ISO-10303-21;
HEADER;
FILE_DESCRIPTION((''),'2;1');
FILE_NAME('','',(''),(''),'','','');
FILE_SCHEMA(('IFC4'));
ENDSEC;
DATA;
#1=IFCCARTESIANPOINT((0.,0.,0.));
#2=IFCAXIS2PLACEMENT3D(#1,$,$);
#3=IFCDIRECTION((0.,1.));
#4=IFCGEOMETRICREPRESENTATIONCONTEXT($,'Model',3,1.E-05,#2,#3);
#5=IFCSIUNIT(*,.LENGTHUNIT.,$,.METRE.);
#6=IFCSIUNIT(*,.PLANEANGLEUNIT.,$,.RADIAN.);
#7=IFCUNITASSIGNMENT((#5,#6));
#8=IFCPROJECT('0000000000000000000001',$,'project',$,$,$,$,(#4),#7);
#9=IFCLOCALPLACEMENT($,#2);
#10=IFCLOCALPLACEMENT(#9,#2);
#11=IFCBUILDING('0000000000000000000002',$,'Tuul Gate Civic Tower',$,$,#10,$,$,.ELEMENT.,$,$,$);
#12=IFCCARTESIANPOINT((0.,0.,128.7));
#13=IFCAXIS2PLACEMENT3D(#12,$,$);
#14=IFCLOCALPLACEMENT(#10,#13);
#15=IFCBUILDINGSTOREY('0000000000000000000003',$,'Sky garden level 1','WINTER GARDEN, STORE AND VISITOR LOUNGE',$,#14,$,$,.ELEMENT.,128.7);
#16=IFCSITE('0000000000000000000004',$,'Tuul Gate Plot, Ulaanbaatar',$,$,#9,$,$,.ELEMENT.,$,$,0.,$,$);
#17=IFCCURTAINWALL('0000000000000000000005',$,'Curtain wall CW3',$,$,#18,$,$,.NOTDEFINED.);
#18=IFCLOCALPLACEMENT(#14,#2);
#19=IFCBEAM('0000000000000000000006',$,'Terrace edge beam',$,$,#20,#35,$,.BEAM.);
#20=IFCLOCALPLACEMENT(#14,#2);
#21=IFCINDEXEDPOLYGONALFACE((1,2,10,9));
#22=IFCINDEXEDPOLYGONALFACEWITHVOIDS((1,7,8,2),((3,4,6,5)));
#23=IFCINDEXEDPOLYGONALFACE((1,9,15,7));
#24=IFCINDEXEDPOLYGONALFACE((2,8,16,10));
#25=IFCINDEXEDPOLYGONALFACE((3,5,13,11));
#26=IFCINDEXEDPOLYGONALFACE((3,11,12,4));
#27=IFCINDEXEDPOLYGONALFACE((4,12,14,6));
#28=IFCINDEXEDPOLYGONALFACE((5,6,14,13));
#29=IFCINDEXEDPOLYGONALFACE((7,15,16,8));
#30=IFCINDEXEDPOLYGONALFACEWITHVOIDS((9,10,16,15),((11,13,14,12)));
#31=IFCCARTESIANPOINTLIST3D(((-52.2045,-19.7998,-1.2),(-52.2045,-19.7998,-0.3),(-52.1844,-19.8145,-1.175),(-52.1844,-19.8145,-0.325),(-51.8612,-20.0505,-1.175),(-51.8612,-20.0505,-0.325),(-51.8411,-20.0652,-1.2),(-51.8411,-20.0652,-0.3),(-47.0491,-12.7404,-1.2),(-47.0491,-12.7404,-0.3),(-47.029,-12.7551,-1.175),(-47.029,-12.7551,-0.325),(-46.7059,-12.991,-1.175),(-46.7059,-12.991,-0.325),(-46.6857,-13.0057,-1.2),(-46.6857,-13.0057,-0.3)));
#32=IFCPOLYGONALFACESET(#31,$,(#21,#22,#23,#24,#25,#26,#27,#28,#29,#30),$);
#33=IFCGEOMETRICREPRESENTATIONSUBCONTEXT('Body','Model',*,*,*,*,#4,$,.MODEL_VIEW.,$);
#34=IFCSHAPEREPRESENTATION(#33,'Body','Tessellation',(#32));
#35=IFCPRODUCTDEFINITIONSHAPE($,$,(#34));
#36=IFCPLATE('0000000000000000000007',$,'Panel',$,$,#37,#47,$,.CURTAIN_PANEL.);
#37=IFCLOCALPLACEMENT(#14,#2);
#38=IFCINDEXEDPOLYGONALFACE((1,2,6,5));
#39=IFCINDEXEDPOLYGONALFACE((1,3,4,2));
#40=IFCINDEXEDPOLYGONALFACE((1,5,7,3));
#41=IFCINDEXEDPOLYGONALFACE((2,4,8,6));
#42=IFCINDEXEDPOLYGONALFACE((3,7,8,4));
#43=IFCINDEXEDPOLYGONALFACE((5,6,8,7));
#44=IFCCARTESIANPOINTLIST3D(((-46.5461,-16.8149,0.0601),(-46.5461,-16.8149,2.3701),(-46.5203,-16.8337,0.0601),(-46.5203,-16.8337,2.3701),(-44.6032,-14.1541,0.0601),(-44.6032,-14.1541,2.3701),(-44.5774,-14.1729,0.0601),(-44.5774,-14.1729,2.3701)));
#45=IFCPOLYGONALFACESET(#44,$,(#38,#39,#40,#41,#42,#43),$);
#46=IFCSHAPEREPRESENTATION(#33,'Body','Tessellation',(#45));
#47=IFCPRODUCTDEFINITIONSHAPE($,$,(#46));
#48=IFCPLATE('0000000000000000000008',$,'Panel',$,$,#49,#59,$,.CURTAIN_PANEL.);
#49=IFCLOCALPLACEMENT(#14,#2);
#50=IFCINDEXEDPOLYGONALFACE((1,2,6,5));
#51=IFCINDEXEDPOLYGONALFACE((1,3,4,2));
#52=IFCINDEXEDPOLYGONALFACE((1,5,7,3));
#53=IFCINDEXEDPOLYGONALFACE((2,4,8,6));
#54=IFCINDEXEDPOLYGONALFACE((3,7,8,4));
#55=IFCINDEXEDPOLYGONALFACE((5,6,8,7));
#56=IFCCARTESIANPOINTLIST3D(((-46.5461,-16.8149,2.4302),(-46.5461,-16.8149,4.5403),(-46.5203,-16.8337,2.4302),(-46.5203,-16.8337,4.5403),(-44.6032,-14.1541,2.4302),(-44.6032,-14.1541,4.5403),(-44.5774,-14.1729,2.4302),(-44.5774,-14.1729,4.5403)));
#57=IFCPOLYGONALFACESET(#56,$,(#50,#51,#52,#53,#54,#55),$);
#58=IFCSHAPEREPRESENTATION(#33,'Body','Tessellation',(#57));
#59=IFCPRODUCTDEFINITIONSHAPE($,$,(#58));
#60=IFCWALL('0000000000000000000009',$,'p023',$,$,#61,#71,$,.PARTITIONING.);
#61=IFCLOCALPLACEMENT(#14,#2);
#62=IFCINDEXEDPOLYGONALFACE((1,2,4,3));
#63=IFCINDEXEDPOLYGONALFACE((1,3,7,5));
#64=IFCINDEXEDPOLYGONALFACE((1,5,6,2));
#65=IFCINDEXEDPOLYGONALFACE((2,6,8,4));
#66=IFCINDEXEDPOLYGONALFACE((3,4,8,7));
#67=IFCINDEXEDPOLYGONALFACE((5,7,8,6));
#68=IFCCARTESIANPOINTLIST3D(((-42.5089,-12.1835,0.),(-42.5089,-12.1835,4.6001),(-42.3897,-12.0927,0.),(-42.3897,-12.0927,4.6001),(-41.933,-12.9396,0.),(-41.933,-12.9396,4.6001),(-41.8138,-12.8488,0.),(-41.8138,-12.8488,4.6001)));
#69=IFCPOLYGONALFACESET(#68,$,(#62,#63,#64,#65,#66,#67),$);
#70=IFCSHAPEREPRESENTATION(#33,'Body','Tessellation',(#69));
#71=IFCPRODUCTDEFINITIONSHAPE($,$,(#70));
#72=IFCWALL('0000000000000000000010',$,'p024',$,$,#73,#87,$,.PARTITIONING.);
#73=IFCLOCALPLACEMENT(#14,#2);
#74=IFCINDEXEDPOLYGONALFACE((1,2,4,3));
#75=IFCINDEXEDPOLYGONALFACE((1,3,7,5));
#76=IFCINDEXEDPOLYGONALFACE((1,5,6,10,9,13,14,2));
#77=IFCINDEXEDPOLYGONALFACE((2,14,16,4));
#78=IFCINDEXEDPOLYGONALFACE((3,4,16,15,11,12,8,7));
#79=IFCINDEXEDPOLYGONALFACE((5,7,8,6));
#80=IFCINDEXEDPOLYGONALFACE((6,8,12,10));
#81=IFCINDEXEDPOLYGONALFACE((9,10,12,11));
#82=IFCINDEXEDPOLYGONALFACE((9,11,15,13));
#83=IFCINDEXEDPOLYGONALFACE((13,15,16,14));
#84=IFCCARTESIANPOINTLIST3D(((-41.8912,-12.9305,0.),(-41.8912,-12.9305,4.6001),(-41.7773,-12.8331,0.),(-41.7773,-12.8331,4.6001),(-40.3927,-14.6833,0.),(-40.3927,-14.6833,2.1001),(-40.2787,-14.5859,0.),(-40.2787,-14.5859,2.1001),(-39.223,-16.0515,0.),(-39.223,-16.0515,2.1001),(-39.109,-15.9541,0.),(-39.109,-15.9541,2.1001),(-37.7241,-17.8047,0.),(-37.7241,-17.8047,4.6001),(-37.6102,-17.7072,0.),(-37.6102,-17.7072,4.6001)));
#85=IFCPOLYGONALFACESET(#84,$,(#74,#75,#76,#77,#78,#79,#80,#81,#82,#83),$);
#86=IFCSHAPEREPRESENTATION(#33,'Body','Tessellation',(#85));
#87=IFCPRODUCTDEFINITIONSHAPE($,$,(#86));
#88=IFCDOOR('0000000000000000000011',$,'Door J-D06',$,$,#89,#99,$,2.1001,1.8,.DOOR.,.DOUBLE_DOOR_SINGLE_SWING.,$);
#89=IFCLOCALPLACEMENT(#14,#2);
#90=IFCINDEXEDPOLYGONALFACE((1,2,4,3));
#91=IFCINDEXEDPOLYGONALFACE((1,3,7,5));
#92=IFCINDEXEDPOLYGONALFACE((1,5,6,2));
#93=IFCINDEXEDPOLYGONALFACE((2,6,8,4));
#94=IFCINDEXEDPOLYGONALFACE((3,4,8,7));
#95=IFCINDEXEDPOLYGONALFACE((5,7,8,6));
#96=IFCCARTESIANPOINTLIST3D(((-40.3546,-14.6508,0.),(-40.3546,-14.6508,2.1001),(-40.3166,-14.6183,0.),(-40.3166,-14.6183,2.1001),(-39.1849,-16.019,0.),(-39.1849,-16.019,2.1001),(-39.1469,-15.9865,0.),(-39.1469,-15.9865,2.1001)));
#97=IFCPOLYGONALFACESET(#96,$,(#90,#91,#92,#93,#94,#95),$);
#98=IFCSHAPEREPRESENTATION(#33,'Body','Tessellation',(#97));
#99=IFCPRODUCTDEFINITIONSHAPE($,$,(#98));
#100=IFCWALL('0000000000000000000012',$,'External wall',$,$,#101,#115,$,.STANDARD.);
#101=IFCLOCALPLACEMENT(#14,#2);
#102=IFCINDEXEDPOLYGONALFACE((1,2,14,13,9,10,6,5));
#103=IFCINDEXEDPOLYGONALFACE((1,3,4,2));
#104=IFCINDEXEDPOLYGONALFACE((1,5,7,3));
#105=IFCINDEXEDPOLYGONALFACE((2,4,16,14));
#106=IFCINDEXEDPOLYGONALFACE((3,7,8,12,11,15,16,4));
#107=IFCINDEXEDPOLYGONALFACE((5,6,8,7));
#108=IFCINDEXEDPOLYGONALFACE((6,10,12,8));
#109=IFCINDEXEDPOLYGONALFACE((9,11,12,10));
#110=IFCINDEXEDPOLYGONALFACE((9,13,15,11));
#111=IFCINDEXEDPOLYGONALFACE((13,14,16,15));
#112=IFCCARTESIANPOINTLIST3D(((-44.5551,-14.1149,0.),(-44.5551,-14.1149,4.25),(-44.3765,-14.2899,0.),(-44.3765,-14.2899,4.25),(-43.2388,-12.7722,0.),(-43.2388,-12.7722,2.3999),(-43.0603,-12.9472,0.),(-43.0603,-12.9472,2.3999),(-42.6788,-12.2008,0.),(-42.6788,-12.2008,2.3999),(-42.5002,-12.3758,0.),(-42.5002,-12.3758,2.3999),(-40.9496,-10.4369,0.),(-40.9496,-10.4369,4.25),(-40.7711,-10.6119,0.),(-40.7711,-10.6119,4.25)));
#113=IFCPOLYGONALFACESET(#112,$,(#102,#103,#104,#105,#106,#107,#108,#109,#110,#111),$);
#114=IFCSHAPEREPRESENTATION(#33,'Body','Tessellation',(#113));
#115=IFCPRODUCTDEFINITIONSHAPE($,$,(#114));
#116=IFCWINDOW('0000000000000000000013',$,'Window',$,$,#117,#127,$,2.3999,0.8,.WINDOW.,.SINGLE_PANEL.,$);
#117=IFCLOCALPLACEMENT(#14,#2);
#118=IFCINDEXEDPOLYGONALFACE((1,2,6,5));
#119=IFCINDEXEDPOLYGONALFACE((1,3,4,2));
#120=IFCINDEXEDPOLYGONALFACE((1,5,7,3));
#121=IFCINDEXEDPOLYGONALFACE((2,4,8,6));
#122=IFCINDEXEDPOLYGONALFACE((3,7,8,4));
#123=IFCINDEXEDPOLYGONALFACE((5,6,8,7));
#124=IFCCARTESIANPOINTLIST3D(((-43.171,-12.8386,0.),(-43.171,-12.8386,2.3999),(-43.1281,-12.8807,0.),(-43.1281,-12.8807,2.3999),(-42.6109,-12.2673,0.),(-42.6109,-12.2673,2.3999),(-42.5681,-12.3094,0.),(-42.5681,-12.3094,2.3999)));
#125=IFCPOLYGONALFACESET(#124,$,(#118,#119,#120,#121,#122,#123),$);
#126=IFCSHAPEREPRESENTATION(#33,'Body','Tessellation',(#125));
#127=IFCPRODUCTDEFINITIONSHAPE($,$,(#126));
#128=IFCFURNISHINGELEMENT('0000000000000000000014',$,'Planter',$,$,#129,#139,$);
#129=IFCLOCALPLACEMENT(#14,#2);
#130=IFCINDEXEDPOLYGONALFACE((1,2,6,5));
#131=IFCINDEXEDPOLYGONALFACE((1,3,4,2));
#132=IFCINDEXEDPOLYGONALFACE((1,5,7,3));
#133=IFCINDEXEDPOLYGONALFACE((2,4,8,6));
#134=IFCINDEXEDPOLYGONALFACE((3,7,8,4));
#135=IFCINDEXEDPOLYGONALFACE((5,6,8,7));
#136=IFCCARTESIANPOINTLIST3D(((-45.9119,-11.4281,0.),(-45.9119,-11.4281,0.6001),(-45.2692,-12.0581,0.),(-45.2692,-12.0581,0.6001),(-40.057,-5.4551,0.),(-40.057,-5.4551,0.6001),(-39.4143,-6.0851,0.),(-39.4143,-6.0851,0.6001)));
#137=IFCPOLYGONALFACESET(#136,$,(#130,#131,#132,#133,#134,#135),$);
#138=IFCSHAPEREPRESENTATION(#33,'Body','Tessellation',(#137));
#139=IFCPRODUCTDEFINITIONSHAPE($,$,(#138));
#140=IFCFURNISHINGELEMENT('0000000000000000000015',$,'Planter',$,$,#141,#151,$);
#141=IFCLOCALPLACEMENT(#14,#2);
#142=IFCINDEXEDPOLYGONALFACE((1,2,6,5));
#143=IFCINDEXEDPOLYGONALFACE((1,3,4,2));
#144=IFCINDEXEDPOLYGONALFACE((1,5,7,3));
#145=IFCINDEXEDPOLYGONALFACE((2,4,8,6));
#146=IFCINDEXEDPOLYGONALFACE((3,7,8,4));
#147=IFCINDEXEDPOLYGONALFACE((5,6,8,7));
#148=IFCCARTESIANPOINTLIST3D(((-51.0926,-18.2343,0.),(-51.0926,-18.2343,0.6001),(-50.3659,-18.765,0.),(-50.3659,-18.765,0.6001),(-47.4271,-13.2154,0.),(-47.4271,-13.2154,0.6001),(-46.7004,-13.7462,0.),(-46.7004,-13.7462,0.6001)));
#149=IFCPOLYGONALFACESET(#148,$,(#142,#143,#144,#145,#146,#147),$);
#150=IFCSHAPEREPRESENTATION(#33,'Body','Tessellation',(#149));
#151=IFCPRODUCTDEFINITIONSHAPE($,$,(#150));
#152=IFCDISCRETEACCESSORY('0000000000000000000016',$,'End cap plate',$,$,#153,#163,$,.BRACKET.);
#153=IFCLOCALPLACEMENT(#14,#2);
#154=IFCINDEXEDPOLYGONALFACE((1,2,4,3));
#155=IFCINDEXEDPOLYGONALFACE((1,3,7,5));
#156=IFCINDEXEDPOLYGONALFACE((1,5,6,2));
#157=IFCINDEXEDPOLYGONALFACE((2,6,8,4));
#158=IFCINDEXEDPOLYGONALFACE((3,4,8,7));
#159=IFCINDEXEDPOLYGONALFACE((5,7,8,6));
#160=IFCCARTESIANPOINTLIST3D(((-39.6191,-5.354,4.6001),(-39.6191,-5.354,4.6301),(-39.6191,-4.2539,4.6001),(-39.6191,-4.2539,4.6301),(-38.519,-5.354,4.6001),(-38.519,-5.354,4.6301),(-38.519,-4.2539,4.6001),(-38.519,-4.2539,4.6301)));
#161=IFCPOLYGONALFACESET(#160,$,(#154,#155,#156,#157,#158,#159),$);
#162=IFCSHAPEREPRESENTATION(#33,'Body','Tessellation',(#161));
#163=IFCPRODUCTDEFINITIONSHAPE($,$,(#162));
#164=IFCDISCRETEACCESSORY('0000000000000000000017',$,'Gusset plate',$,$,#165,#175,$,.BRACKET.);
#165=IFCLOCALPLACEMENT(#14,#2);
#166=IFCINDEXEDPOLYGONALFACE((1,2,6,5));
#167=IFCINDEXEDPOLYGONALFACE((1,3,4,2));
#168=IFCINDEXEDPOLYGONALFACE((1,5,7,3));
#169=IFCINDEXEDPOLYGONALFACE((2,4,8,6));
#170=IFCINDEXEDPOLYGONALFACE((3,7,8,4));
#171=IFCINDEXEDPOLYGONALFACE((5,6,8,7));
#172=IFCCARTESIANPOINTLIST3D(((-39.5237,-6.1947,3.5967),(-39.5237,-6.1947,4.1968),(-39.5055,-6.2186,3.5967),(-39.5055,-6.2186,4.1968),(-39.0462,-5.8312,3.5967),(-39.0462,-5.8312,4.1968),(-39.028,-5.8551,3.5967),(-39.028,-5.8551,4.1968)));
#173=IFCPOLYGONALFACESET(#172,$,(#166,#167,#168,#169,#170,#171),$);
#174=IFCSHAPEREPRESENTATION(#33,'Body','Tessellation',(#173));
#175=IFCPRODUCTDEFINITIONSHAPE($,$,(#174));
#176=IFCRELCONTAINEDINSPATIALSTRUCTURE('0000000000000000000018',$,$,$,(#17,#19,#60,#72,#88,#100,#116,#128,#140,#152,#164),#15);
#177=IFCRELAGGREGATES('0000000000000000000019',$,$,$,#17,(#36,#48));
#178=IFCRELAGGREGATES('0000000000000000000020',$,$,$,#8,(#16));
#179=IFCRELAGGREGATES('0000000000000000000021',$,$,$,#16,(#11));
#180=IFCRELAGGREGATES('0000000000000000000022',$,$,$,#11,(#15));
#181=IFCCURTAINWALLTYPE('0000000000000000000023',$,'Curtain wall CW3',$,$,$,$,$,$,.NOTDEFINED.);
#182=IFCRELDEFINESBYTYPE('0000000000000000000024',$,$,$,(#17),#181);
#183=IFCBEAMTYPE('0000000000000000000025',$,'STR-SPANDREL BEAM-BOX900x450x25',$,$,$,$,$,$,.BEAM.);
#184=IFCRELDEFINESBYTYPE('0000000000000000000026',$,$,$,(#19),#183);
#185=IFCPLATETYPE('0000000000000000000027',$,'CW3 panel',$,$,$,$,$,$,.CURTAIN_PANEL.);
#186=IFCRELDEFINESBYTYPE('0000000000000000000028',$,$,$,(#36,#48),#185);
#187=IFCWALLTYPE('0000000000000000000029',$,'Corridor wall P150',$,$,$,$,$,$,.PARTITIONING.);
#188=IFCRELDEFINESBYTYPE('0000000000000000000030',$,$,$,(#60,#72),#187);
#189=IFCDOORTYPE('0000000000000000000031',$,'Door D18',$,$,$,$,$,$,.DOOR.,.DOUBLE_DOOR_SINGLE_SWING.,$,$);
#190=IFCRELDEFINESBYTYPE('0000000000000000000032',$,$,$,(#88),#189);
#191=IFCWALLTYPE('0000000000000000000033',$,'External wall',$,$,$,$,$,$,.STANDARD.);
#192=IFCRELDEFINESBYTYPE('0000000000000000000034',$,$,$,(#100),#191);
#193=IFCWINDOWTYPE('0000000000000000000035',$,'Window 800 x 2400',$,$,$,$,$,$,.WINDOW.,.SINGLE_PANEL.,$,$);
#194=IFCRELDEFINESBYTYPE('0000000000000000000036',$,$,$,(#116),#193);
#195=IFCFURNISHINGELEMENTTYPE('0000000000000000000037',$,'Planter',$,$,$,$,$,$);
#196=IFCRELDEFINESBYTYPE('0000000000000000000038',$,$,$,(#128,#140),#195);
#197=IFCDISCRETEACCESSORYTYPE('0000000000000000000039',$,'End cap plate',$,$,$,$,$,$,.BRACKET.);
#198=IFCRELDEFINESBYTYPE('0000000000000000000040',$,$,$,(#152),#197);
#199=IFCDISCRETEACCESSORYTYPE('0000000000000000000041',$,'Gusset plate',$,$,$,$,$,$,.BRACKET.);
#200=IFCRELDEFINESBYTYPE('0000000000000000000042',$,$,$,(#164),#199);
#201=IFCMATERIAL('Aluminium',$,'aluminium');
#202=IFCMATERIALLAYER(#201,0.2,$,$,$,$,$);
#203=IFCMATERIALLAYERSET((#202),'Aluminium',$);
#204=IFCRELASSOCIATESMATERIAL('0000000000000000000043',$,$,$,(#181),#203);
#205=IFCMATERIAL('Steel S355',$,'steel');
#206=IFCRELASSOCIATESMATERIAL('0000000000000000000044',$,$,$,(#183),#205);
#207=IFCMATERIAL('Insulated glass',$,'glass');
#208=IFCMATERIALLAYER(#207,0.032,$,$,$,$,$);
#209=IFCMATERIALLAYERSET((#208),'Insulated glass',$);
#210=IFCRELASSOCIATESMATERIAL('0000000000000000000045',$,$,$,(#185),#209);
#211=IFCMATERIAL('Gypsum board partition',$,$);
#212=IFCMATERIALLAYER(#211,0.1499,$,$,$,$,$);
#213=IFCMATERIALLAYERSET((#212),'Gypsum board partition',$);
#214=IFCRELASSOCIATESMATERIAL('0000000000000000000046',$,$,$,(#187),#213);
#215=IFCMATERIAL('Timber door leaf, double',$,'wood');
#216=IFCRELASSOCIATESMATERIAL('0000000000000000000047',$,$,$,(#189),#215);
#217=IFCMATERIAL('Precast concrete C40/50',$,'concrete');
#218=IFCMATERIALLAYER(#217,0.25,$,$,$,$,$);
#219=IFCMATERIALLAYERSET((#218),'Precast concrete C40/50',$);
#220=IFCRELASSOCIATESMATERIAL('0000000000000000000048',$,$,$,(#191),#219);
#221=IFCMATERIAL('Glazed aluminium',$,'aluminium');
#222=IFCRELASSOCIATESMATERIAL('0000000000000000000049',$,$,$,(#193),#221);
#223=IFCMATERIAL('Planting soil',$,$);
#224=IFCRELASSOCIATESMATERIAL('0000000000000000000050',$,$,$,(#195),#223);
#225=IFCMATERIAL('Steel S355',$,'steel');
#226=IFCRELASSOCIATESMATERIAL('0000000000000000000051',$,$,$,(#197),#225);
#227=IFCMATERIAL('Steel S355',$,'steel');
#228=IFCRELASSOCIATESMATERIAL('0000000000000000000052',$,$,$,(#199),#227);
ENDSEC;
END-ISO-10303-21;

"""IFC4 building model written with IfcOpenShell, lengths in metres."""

from ifc_helpers import new_model, si_unit, direction, frame, frame_2d, origin, origin_2d, place, context, subcontext, project, spatial, rectangle, hollow_rectangle, extrude, material, layer, layer_set, material_profile, profile_set, type_object, element, fill, aggregate, save


model = new_model("IFC4")

# Units and contexts
model_context = context("Model", 3, precision=1e-05, world=origin(), true_north=direction((0.0, 1.0)))
body_context = subcontext(model_context, "Body", "Model", "MODEL_VIEW")
ifc_project = project(units=[si_unit("LENGTHUNIT", "METRE"), si_unit("PLANEANGLEUNIT", "RADIAN")], contexts=[model_context])

# Site, building, storey
site_placement = place(None, origin())
site = spatial("IfcSite", under=ifc_project, at=site_placement, Name="Tuul Gate Plot, Ulaanbaatar", CompositionType="ELEMENT", RefElevation=0.0)
building_placement = place(site_placement, origin())
building = spatial("IfcBuilding", under=site, at=building_placement, Name="Tuul Gate Civic Tower", CompositionType="ELEMENT")
storey_placement = place(building_placement, frame((0.0, 0.0, 128.7)))
storey = spatial("IfcBuildingStorey", under=building, at=storey_placement, Name="Sky garden level 1", Description="WINTER GARDEN, STORE AND VISITOR LOUNGE", CompositionType="ELEMENT", Elevation=128.7)

# Curtain wall
ifc_material_1 = material(Name="Aluminium", Category="aluminium")
ifc_layer_1 = layer(ifc_material_1, 0.2)
ifc_layer_set_1 = layer_set([ifc_layer_1], Name="Aluminium")
curtain_wall_type = type_object("IfcCurtainWallType", Name="Curtain wall CW3", PredefinedType="NOTDEFINED", material=ifc_layer_set_1)
curtain_wall_placement = place(storey_placement, origin())
curtain_wall = element("IfcCurtainWall", 1, at=curtain_wall_placement, inside=storey, type_object=curtain_wall_type, Name="Curtain wall CW3", PredefinedType="NOTDEFINED")

# Beam
ifc_material_2 = material(Name="Steel S355", Category="steel")
ifc_material_profile_1 = material_profile(ifc_material_2, hollow_rectangle(XDim=0.45, YDim=0.8999, WallThickness=0.0249, at=origin_2d()), Name="BOX900x450x25")
ifc_profile_set_1 = profile_set([ifc_material_profile_1], Name="Steel S355")
beam_type_1 = type_object("IfcBeamType", Name="STR-SPANDREL BEAM-BOX900x450x25", PredefinedType="BEAM", material=ifc_profile_set_1)
beam_1_placement = place(storey_placement, frame((-46.8674, -12.873, -0.75), z_axis=(-0.589758, -0.80758, 0.0), x_axis=(0.80758, -0.589758, 0.0)))
element("IfcBeam", 2, at=beam_1_placement, inside=storey, type_object=beam_type_1, Name="Terrace edge beam", PredefinedType="BEAM", context=body_context, shape_type="SweptSolid", body=[
    extrude(hollow_rectangle(XDim=0.45, YDim=0.8999, WallThickness=0.0249, at=origin_2d()), origin(), (0.0, 0.0, 1.0), 8.7415),
])

# Plates
ifc_material_3 = material(Name="Insulated glass", Category="glass")
ifc_layer_2 = layer(ifc_material_3, 0.032)
ifc_layer_set_2 = layer_set([ifc_layer_2], Name="Insulated glass")
plate_type = type_object("IfcPlateType", Name="CW3 panel", PredefinedType="CURTAIN_PANEL", material=ifc_layer_set_2)
plate_1_placement = place(storey_placement, frame((-45.5618, -15.4939, 0.0601), z_axis=(0.0, 0.0, 1.0), x_axis=(-0.589717, -0.80761, 0.0)))
plate_1 = element("IfcPlate", 3, at=plate_1_placement, type_object=plate_type, Name="Panel", PredefinedType="CURTAIN_PANEL", context=body_context, shape_type="SweptSolid", body=[
    extrude(rectangle(XDim=3.2947, YDim=0.032, at=origin_2d()), origin(), (0.0, 0.0, 1.0), 2.3101),
])
plate_2_placement = place(storey_placement, frame((-45.5618, -15.4939, 2.4302), z_axis=(0.0, 0.0, 1.0), x_axis=(-0.589717, -0.80761, 0.0)))
plate_2 = element("IfcPlate", 4, at=plate_2_placement, type_object=plate_type, Name="Panel", PredefinedType="CURTAIN_PANEL", context=body_context, shape_type="SweptSolid", body=[
    extrude(rectangle(XDim=3.2947, YDim=0.032, at=origin_2d()), origin(), (0.0, 0.0, 1.0), 2.1101),
])
aggregate(curtain_wall, [plate_1, plate_2])

# Wall
ifc_material_4 = material(Name="Gypsum board partition")
ifc_layer_3 = layer(ifc_material_4, 0.1499)
ifc_layer_set_3 = layer_set([ifc_layer_3], Name="Gypsum board partition")
wall_type_1 = type_object("IfcWallType", Name="Corridor wall P150", PredefinedType="PARTITIONING", material=ifc_layer_set_3)
wall_1_placement = place(storey_placement, frame((-42.4492, -12.1382, 0.0), z_axis=(0.0, 0.0, 1.0), x_axis=(0.605943, -0.795508, 0.0)))
element("IfcWall", 5, at=wall_1_placement, inside=storey, type_object=wall_type_1, Name="p023", PredefinedType="PARTITIONING", context=body_context, shape_type="SweptSolid", body=[
    extrude(rectangle(XDim=0.9504, YDim=0.1499, at=frame_2d((0.4751, 0.0))), origin(), (0.0, 0.0, 1.0), 4.6001),
])

# Wall, opening, door
wall_2_placement = place(storey_placement, frame((-41.8342, -12.8818, 0.0), z_axis=(0.0, 0.0, 1.0), x_axis=(0.649825, -0.760084, 0.0)))
wall_2 = element("IfcWall", 6, at=wall_2_placement, inside=storey, type_object=wall_type_1, Name="p024", PredefinedType="PARTITIONING", context=body_context, shape_type="SweptSolid", body=[
    extrude(rectangle(XDim=6.4126, YDim=0.1499, at=frame_2d((3.2063, 0.0))), origin(), (0.0, 0.0, 1.0), 4.6001),
])
opening_1_placement = place(wall_2_placement, frame((2.3062, 0.0, 0.0)))
opening_1 = element("IfcOpeningElement", 7, at=opening_1_placement, cuts=wall_2, PredefinedType="OPENING", context=body_context, shape_type="SweptSolid", body=[
    extrude(rectangle(XDim=1.8, YDim=2.1001, at=frame_2d((0.8999, 1.05))), frame((0.0, 0.085, 0.0), z_axis=(0.0, -1.0, 0.0), x_axis=(1.0, 0.0, 0.0)), (0.0, 0.0, 1.0), 0.1699),
])
ifc_material_5 = material(Name="Timber door leaf, double", Category="wood")
door_type = type_object("IfcDoorType", Name="Door D18", OperationType="DOUBLE_DOOR_SINGLE_SWING", PredefinedType="DOOR", material=ifc_material_5)
door_placement = place(opening_1_placement, frame((1.8, 0.0, 0.0), z_axis=(0.0, 0.0, 1.0), x_axis=(-1.0, 0.0, 0.0)))
door = element("IfcDoor", 8, at=door_placement, inside=storey, type_object=door_type, Name="Door J-D06", OperationType="DOUBLE_DOOR_SINGLE_SWING", OverallHeight=2.1001, OverallWidth=1.8, PredefinedType="DOOR", context=body_context, shape_type="SweptSolid", body=[
    extrude(rectangle(XDim=1.8, YDim=2.1001, at=frame_2d((0.9001, 1.05))), frame((0.0, 0.0249, 0.0), z_axis=(0.0, -1.0, 0.0), x_axis=(1.0, 0.0, 0.0)), (0.0, 0.0, 1.0), 0.05),
])
fill(opening_1, door)

# Wall, opening, window
ifc_material_6 = material(Name="Precast concrete C40/50", Category="concrete")
ifc_layer_4 = layer(ifc_material_6, 0.25)
ifc_layer_set_4 = layer_set([ifc_layer_4], Name="Precast concrete C40/50")
wall_type_2 = type_object("IfcWallType", Name="External wall", PredefinedType="STANDARD", material=ifc_layer_set_4)
wall_3_placement = place(storey_placement, frame((-40.8604, -10.5244, 0.0), z_axis=(0.0, 0.0, 1.0), x_axis=(-0.700033, -0.714111, 0.0)))
wall_3 = element("IfcWall", 9, at=wall_3_placement, inside=storey, type_object=wall_type_2, Name="External wall", PredefinedType="STANDARD", context=body_context, shape_type="SweptSolid", body=[
    extrude(rectangle(XDim=5.1504, YDim=0.25, at=frame_2d((2.5752, 0.0))), origin(), (0.0, 0.0, 1.0), 4.25),
])
opening_2_placement = place(wall_3_placement, frame((2.4702, 0.0, 0.0)))
opening_2 = element("IfcOpeningElement", 10, at=opening_2_placement, cuts=wall_3, PredefinedType="OPENING", context=body_context, shape_type="SweptSolid", body=[
    extrude(rectangle(XDim=0.8, YDim=2.3999, at=frame_2d((0.3999, 1.2))), frame((0.0, 0.135, 0.0), z_axis=(0.0, -1.0, 0.0), x_axis=(1.0, 0.0, 0.0)), (0.0, 0.0, 1.0), 0.27),
])
ifc_material_7 = material(Name="Glazed aluminium", Category="aluminium")
window_type = type_object("IfcWindowType", Name="Window 800 x 2400", PartitioningType="SINGLE_PANEL", PredefinedType="WINDOW", material=ifc_material_7)
window_placement = place(opening_2_placement, origin())
window = element("IfcWindow", 11, at=window_placement, inside=storey, type_object=window_type, Name="Window", OverallHeight=2.3999, OverallWidth=0.8, PartitioningType="SINGLE_PANEL", PredefinedType="WINDOW", context=body_context, shape_type="SweptSolid", body=[
    extrude(rectangle(XDim=0.8, YDim=2.3999, at=frame_2d((0.3999, 1.2))), frame((0.0, 0.03, 0.0), z_axis=(0.0, -1.0, 0.0), x_axis=(1.0, 0.0, 0.0)), (0.0, 0.0, 1.0), 0.0601),
])
fill(opening_2, window)

# Furnishing elements
ifc_material_8 = material(Name="Planting soil")
furnishing_element_type = type_object("IfcFurnishingElementType", Name="Planter", material=ifc_material_8)
furnishing_1_placement = place(storey_placement, frame((-42.6631, -8.7566, 0.0), z_axis=(0.0, 0.0, 1.0), x_axis=(-0.700011, -0.714132, 0.0)))
element("IfcFurnishingElement", 12, at=furnishing_1_placement, inside=storey, type_object=furnishing_element_type, Name="Planter", context=body_context, shape_type="SweptSolid", body=[
    extrude(rectangle(XDim=8.364, YDim=0.8999, at=origin_2d()), origin(), (0.0, 0.0, 1.0), 0.6001),
])
furnishing_2_placement = place(storey_placement, frame((-48.8965, -15.9902, 0.0), z_axis=(0.0, 0.0, 1.0), x_axis=(-0.589792, -0.807555, 0.0)))
element("IfcFurnishingElement", 13, at=furnishing_2_placement, inside=storey, type_object=furnishing_element_type, Name="Planter", context=body_context, shape_type="SweptSolid", body=[
    extrude(rectangle(XDim=6.2148, YDim=0.8999, at=origin_2d()), origin(), (0.0, 0.0, 1.0), 0.6001),
])

# Discrete accessories
ifc_material_9 = material(Name="Steel S355", Category="steel")
discrete_accessory_type_1 = type_object("IfcDiscreteAccessoryType", Name="End cap plate", PredefinedType="BRACKET", material=ifc_material_9)
discrete_accessory_1_placement = place(storey_placement, frame((-39.0691, -4.804, 4.6001), z_axis=(0.0, 0.0, 1.0), x_axis=(1.0, 0.0, 0.0)))
element("IfcDiscreteAccessory", 14, at=discrete_accessory_1_placement, inside=storey, type_object=discrete_accessory_type_1, Name="End cap plate", PredefinedType="BRACKET", context=body_context, shape_type="SweptSolid", body=[
    extrude(rectangle(XDim=1.1001, YDim=1.1001, at=origin_2d()), origin(), (0.0, 0.0, 1.0), 0.03),
])
ifc_material_10 = material(Name="Steel S355", Category="steel")
discrete_accessory_type_2 = type_object("IfcDiscreteAccessoryType", Name="Gusset plate", PredefinedType="BRACKET", material=ifc_material_10)
discrete_accessory_2_placement = place(storey_placement, frame((-39.2759, -6.0249, 3.5967), z_axis=(0.0, 0.0, 1.0), x_axis=(0.795664, 0.605738, 0.0)))
element("IfcDiscreteAccessory", 15, at=discrete_accessory_2_placement, inside=storey, type_object=discrete_accessory_type_2, Name="Gusset plate", PredefinedType="BRACKET", context=body_context, shape_type="SweptSolid", body=[
    extrude(rectangle(XDim=0.6001, YDim=0.03, at=origin_2d()), origin(), (0.0, 0.0, 1.0), 0.6001),
])

save(model, "model.ifc")
